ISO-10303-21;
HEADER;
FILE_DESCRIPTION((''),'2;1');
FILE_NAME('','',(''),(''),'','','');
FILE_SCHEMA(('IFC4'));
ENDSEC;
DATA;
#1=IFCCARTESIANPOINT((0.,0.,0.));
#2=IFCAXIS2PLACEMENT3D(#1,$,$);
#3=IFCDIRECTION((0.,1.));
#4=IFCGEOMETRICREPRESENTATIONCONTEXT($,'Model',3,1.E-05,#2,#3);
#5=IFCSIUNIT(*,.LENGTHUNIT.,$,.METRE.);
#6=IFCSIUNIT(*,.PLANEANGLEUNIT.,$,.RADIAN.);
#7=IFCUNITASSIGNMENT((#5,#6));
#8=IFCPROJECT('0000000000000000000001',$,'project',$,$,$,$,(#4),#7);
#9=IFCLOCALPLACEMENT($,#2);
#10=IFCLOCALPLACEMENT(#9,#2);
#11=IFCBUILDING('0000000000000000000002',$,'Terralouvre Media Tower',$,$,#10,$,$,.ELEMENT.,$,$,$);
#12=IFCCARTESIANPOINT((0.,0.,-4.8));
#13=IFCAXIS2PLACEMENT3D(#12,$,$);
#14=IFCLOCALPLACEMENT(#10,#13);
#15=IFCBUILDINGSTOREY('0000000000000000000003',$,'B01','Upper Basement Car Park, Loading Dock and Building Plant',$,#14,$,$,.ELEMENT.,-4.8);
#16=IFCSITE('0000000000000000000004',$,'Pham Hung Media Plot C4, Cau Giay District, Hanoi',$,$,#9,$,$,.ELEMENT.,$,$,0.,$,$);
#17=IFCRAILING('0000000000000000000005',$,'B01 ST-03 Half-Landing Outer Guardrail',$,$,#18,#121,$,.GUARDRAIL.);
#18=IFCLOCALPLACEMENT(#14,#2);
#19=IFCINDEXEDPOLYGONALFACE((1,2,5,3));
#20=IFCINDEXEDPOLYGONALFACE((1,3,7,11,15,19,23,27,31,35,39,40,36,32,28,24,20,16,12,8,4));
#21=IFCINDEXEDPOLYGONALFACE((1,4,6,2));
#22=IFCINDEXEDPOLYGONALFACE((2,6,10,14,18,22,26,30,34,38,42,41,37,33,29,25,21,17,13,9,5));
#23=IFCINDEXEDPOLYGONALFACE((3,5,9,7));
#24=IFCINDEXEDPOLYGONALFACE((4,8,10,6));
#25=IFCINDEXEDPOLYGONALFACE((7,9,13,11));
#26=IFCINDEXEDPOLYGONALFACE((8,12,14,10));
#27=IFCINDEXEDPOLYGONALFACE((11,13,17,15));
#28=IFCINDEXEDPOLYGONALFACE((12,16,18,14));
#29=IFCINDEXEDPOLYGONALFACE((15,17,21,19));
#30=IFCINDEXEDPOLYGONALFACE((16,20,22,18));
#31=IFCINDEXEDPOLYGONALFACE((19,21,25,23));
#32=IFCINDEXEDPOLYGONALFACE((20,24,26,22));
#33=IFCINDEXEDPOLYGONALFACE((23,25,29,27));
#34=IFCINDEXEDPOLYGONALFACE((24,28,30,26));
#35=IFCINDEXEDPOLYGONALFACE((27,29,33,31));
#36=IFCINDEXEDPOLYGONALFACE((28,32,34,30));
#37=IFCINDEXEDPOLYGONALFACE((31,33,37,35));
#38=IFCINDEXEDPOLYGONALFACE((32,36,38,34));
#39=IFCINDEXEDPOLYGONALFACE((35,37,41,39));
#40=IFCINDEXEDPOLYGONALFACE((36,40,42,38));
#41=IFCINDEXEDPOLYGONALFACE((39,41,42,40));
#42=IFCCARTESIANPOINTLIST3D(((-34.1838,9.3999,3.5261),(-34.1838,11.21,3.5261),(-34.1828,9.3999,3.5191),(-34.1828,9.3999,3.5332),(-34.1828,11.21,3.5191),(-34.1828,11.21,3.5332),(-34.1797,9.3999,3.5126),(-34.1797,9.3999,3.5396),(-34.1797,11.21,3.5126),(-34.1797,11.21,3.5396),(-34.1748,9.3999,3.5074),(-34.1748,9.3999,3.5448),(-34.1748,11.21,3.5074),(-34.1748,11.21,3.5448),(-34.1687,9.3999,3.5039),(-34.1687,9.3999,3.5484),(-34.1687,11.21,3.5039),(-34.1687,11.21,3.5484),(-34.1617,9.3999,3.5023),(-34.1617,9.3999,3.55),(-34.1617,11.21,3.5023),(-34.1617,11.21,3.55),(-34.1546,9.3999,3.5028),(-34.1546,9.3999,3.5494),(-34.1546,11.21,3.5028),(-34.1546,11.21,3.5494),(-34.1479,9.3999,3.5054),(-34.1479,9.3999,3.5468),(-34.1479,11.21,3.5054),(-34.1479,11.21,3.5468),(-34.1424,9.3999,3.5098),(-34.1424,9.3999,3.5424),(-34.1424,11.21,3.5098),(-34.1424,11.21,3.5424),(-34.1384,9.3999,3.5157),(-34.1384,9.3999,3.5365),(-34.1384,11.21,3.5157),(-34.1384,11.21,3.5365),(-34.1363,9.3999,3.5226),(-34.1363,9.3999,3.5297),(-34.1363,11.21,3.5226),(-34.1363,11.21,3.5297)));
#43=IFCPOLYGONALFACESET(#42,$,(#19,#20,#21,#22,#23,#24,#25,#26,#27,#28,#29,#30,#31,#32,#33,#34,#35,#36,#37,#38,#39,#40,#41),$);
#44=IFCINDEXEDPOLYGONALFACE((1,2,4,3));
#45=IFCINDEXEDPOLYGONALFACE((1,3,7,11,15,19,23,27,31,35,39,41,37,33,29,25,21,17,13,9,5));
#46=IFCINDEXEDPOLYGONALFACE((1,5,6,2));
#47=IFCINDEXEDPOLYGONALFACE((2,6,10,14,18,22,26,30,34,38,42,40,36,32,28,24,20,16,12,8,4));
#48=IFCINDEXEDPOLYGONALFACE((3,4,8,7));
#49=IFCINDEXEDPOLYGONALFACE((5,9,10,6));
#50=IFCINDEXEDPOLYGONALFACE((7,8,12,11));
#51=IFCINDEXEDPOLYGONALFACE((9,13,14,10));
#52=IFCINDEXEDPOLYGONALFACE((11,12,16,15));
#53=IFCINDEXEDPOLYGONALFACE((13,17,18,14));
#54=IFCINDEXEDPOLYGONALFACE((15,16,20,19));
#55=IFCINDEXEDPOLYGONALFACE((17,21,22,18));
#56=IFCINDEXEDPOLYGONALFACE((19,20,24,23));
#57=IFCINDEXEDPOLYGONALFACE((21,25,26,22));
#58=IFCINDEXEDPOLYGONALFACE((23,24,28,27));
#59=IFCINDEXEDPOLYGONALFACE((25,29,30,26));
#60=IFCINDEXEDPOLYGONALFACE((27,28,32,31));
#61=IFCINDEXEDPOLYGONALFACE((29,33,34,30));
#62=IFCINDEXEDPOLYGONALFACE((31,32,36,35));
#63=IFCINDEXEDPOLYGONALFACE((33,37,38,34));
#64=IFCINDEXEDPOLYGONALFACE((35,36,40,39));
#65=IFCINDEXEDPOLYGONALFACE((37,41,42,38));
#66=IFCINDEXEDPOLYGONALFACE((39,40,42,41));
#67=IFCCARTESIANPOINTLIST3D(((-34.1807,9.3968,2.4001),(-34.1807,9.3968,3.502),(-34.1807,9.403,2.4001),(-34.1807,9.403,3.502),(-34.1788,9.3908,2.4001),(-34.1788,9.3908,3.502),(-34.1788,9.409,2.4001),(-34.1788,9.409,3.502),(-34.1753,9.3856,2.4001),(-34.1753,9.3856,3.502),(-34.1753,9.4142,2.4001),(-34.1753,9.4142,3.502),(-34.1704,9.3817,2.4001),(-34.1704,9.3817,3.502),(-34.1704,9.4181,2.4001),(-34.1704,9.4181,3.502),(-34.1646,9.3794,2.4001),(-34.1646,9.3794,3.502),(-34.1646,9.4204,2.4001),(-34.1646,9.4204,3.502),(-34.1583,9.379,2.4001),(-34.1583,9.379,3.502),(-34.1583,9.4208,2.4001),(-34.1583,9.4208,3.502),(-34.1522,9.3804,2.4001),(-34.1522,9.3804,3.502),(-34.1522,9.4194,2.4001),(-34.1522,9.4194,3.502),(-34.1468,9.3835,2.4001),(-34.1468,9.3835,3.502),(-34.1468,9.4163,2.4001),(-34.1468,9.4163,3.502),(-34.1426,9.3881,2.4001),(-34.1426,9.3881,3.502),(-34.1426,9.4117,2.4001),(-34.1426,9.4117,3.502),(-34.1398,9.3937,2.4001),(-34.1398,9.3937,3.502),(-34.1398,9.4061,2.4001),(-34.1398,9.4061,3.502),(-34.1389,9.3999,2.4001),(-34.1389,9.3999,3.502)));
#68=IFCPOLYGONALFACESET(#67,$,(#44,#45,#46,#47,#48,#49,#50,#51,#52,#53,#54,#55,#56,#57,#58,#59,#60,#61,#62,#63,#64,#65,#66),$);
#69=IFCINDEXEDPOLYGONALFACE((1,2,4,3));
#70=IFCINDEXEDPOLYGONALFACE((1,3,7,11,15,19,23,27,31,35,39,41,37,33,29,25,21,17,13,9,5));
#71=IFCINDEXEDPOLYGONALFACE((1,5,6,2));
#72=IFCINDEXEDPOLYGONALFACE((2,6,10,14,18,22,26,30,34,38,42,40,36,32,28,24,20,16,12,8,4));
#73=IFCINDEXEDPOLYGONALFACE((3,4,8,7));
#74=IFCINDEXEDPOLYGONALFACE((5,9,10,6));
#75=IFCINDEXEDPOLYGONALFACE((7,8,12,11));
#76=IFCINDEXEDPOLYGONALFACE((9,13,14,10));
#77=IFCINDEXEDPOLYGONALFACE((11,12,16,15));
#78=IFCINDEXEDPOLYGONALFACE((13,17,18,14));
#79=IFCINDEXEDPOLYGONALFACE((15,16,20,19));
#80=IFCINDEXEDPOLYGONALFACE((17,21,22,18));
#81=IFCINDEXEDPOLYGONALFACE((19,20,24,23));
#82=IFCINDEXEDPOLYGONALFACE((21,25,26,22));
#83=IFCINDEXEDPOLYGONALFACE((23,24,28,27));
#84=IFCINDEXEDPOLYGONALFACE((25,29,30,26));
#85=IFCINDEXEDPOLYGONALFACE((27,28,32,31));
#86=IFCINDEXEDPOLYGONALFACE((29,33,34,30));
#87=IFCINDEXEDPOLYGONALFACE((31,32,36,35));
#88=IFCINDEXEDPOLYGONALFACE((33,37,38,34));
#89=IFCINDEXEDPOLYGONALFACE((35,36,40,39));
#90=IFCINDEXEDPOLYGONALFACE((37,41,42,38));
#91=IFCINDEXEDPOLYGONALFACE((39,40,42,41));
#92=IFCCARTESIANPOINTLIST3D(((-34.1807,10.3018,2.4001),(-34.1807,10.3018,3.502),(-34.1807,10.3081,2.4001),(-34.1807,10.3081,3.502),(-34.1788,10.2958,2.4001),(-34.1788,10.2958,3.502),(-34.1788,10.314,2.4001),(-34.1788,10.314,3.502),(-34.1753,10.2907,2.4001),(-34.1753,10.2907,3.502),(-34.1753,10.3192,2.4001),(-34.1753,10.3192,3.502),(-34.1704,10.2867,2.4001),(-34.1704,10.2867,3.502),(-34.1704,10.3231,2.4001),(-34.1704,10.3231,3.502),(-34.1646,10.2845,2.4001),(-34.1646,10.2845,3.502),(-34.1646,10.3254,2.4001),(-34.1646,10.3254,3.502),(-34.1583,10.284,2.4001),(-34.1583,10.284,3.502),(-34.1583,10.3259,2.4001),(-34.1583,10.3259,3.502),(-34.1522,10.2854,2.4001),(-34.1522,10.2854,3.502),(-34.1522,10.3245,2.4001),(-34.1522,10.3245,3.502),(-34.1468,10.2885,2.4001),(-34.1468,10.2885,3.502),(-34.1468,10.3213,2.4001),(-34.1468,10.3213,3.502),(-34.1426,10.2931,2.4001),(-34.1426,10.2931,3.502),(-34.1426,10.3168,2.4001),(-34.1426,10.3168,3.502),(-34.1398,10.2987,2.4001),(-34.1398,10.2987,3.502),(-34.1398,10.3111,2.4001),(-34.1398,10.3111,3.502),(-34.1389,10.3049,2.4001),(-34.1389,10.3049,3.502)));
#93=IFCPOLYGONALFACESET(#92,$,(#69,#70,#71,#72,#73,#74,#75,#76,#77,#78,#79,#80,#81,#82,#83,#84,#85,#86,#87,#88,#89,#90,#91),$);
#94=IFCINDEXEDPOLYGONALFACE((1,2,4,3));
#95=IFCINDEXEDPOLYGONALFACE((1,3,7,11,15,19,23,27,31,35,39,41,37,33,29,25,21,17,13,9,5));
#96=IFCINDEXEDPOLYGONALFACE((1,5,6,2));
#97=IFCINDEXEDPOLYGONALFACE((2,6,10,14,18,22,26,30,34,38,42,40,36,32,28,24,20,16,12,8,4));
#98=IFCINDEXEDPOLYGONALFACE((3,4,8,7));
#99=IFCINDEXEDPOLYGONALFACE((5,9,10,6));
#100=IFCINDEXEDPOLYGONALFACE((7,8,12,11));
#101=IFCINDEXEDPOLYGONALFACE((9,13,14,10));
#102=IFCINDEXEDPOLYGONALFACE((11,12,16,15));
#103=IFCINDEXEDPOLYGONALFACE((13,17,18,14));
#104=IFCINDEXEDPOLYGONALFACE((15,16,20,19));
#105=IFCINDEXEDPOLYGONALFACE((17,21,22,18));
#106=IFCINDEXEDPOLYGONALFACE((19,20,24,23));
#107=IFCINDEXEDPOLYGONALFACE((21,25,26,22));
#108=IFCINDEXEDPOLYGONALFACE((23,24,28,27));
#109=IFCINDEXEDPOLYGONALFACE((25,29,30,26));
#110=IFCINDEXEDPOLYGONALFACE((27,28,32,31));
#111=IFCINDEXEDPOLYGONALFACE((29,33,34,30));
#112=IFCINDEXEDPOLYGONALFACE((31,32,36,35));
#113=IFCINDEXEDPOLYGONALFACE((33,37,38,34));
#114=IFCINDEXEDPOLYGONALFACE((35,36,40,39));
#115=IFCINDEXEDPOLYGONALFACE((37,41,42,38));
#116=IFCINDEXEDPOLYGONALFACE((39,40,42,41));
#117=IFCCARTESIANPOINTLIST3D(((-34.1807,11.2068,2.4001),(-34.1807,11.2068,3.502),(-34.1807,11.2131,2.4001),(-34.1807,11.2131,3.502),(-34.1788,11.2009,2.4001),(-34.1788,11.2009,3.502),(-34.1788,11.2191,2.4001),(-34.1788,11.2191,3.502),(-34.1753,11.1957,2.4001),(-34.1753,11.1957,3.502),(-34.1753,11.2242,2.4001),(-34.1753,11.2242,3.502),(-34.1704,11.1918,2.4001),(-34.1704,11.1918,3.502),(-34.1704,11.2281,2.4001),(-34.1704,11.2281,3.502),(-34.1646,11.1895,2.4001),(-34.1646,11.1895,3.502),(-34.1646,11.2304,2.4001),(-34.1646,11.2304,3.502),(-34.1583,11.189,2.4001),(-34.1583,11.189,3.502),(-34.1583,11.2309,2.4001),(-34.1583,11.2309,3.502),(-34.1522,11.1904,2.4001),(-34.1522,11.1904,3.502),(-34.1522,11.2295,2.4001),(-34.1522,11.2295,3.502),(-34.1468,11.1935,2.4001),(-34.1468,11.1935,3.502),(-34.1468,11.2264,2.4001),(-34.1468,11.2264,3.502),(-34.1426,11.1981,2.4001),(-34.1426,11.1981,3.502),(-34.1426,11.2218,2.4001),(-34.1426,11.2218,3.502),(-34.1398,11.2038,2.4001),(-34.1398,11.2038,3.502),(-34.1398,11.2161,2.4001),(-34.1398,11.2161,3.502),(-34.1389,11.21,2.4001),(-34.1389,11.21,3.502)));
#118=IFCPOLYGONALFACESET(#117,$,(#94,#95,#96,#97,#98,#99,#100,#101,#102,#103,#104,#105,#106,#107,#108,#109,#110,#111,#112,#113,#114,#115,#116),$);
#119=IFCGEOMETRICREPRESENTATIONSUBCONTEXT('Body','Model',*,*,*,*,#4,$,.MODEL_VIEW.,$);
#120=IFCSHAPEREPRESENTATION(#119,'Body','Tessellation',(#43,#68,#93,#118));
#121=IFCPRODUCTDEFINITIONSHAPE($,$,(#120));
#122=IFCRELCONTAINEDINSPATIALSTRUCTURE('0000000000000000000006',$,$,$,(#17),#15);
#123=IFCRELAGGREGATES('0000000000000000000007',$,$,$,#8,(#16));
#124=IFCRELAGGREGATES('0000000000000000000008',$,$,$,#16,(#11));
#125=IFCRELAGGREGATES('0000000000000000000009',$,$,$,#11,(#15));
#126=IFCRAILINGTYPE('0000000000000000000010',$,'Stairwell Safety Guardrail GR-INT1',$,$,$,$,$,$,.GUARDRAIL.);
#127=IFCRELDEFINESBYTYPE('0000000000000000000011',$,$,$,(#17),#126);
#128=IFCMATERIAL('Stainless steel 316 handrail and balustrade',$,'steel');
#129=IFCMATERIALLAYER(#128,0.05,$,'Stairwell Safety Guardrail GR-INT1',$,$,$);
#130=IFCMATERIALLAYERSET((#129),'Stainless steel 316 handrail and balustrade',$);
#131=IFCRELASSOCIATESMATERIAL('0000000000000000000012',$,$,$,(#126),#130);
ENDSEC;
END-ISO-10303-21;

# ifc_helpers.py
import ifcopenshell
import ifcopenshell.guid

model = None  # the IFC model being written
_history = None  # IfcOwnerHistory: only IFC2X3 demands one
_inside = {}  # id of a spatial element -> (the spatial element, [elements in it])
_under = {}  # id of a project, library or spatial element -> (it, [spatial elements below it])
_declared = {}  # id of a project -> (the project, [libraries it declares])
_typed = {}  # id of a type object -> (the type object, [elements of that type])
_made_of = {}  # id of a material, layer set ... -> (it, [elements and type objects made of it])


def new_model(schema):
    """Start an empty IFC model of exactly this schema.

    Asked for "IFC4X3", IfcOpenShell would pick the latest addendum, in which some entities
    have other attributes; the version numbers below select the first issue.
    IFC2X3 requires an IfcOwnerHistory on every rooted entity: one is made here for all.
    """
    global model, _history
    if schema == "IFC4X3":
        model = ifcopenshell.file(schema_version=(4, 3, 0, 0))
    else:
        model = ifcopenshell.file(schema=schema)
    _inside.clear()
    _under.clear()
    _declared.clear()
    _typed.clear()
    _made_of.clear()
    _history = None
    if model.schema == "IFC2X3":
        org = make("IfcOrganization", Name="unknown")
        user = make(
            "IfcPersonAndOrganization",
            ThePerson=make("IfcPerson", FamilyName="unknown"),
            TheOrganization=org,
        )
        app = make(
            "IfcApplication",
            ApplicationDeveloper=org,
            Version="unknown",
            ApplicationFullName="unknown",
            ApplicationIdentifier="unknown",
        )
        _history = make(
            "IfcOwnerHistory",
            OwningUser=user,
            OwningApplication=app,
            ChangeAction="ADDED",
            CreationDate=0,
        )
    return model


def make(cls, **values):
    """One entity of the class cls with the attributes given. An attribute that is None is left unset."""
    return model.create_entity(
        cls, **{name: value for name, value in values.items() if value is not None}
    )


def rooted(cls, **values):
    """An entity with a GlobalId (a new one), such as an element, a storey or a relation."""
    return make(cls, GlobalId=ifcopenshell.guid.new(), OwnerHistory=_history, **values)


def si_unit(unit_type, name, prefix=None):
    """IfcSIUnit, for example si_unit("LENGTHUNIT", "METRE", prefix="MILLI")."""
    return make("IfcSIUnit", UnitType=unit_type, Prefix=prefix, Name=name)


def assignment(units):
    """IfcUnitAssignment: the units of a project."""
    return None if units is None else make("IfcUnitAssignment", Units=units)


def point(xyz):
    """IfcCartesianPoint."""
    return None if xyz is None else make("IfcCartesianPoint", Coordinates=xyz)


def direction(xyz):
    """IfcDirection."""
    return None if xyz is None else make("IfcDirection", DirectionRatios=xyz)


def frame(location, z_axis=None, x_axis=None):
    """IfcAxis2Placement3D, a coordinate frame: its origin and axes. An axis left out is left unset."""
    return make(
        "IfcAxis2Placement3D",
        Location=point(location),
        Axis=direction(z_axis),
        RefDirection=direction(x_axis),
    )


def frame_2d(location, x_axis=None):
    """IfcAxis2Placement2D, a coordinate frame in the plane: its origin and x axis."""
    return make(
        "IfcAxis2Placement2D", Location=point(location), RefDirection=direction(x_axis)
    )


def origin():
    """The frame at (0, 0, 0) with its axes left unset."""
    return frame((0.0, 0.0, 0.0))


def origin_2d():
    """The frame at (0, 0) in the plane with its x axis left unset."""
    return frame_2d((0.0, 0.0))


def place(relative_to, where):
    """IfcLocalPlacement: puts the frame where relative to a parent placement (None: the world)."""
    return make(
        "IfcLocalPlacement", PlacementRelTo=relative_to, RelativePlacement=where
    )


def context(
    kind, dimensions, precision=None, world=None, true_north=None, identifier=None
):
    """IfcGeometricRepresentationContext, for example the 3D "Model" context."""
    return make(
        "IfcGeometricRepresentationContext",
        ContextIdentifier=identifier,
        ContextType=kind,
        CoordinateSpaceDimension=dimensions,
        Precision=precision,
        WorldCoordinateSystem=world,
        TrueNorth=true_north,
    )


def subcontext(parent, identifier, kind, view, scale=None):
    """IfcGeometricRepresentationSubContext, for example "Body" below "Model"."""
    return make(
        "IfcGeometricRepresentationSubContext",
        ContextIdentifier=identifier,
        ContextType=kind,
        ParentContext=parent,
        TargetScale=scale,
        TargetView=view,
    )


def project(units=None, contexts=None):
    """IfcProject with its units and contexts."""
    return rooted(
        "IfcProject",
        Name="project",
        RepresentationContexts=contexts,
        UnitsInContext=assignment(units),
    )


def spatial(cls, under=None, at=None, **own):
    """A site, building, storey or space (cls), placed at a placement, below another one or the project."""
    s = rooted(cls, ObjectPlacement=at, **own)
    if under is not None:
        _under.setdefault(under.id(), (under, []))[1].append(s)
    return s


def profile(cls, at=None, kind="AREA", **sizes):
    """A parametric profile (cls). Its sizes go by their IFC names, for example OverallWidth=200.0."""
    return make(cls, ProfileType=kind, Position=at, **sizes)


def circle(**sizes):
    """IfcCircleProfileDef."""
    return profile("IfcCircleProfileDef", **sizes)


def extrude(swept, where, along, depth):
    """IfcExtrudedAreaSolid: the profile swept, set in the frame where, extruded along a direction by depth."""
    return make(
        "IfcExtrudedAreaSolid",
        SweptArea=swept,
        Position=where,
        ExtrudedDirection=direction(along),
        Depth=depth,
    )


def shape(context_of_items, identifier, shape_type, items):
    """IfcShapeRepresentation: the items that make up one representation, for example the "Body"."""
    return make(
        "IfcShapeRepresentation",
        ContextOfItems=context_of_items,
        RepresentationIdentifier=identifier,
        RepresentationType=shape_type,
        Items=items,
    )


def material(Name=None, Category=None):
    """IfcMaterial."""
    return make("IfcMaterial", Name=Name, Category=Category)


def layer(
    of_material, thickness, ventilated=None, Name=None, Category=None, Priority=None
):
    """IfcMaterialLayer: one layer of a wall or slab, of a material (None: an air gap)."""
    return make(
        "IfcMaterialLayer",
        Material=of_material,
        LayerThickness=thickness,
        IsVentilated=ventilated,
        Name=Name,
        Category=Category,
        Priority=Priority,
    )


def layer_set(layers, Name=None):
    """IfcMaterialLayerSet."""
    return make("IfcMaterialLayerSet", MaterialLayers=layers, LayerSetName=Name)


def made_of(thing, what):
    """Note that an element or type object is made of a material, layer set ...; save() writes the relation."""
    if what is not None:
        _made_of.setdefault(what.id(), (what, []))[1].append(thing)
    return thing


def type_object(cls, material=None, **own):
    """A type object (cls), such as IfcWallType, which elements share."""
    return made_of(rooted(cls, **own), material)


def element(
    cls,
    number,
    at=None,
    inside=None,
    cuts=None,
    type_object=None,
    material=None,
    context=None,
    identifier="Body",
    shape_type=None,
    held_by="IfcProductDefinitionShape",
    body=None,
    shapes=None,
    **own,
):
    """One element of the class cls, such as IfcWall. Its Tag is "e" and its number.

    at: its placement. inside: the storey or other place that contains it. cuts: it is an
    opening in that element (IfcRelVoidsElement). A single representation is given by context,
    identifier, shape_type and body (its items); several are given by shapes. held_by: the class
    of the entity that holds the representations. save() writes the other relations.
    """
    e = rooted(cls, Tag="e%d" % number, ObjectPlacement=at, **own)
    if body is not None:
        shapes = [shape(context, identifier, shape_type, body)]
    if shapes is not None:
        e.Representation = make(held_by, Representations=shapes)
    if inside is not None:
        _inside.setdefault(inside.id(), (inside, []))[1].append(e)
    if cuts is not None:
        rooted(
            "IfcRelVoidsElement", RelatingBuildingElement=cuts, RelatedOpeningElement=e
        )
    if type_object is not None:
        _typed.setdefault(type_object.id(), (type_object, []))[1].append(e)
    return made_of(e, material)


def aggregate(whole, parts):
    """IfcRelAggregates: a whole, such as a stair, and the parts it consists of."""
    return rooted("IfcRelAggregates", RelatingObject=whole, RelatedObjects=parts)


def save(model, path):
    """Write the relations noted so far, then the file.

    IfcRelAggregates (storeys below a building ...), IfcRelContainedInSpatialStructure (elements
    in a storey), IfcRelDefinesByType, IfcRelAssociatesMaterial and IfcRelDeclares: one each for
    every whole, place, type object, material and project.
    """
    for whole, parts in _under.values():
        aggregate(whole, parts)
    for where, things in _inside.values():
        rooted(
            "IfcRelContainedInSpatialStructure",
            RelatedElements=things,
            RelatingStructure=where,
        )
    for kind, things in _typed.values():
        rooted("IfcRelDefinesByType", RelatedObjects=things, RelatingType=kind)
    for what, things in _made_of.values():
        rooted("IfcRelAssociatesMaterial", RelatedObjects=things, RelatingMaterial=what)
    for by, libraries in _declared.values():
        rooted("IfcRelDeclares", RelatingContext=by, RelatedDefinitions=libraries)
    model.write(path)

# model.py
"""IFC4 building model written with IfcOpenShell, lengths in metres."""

from ifc_helpers import new_model, si_unit, direction, frame, origin, origin_2d, place, context, subcontext, project, spatial, circle, extrude, material, layer, layer_set, type_object, element, save


model = new_model("IFC4")

# Units and contexts
model_context = context("Model", 3, precision=1e-05, world=origin(), true_north=direction((0.0, 1.0)))
body_context = subcontext(model_context, "Body", "Model", "MODEL_VIEW")
ifc_project = project(units=[si_unit("LENGTHUNIT", "METRE"), si_unit("PLANEANGLEUNIT", "RADIAN")], contexts=[model_context])

# Site, building, storey
site_placement = place(None, origin())
site = spatial("IfcSite", under=ifc_project, at=site_placement, Name="Pham Hung Media Plot C4, Cau Giay District, Hanoi", CompositionType="ELEMENT", RefElevation=0.0)
building_placement = place(site_placement, origin())
building = spatial("IfcBuilding", under=site, at=building_placement, Name="Terralouvre Media Tower", CompositionType="ELEMENT")
storey_placement = place(building_placement, frame((0.0, 0.0, -4.8)))
storey = spatial("IfcBuildingStorey", under=building, at=storey_placement, Name="B01", Description="Upper Basement Car Park, Loading Dock and Building Plant", CompositionType="ELEMENT", Elevation=-4.8)

# Railing
ifc_material_1 = material(Name="Stainless steel 316 handrail and balustrade", Category="steel")
ifc_layer_1 = layer(ifc_material_1, 0.05, Name="Stairwell Safety Guardrail GR-INT1")
ifc_layer_set_1 = layer_set([ifc_layer_1], Name="Stainless steel 316 handrail and balustrade")
railing_type_1 = type_object("IfcRailingType", Name="Stairwell Safety Guardrail GR-INT1", PredefinedType="GUARDRAIL", material=ifc_layer_set_1)
railing_1_placement = place(storey_placement, frame((-34.1599, 9.3999, 2.4001)))
element("IfcRailing", 1, at=railing_1_placement, inside=storey, type_object=railing_type_1, Name="B01 ST-03 Half-Landing Outer Guardrail", PredefinedType="GUARDRAIL", context=body_context, shape_type="SweptSolid", body=[
    extrude(circle(Radius=0.0239, at=origin_2d()), frame((0.0, 0.0, 1.126), z_axis=(0.0, 1.0, 0.0), x_axis=(-1.0, 0.0, 0.0)), (0.0, 0.0, 1.0), 1.8101),
    extrude(circle(Radius=0.021, at=origin_2d()), origin(), (0.0, 0.0, 1.0), 1.1018),
    extrude(circle(Radius=0.021, at=origin_2d()), frame((0.0, 0.905, 0.0)), (0.0, 0.0, 1.0), 1.1018),
    extrude(circle(Radius=0.021, at=origin_2d()), frame((0.0, 1.8101, 0.0)), (0.0, 0.0, 1.0), 1.1018),
])

save(model, "model.ifc")
